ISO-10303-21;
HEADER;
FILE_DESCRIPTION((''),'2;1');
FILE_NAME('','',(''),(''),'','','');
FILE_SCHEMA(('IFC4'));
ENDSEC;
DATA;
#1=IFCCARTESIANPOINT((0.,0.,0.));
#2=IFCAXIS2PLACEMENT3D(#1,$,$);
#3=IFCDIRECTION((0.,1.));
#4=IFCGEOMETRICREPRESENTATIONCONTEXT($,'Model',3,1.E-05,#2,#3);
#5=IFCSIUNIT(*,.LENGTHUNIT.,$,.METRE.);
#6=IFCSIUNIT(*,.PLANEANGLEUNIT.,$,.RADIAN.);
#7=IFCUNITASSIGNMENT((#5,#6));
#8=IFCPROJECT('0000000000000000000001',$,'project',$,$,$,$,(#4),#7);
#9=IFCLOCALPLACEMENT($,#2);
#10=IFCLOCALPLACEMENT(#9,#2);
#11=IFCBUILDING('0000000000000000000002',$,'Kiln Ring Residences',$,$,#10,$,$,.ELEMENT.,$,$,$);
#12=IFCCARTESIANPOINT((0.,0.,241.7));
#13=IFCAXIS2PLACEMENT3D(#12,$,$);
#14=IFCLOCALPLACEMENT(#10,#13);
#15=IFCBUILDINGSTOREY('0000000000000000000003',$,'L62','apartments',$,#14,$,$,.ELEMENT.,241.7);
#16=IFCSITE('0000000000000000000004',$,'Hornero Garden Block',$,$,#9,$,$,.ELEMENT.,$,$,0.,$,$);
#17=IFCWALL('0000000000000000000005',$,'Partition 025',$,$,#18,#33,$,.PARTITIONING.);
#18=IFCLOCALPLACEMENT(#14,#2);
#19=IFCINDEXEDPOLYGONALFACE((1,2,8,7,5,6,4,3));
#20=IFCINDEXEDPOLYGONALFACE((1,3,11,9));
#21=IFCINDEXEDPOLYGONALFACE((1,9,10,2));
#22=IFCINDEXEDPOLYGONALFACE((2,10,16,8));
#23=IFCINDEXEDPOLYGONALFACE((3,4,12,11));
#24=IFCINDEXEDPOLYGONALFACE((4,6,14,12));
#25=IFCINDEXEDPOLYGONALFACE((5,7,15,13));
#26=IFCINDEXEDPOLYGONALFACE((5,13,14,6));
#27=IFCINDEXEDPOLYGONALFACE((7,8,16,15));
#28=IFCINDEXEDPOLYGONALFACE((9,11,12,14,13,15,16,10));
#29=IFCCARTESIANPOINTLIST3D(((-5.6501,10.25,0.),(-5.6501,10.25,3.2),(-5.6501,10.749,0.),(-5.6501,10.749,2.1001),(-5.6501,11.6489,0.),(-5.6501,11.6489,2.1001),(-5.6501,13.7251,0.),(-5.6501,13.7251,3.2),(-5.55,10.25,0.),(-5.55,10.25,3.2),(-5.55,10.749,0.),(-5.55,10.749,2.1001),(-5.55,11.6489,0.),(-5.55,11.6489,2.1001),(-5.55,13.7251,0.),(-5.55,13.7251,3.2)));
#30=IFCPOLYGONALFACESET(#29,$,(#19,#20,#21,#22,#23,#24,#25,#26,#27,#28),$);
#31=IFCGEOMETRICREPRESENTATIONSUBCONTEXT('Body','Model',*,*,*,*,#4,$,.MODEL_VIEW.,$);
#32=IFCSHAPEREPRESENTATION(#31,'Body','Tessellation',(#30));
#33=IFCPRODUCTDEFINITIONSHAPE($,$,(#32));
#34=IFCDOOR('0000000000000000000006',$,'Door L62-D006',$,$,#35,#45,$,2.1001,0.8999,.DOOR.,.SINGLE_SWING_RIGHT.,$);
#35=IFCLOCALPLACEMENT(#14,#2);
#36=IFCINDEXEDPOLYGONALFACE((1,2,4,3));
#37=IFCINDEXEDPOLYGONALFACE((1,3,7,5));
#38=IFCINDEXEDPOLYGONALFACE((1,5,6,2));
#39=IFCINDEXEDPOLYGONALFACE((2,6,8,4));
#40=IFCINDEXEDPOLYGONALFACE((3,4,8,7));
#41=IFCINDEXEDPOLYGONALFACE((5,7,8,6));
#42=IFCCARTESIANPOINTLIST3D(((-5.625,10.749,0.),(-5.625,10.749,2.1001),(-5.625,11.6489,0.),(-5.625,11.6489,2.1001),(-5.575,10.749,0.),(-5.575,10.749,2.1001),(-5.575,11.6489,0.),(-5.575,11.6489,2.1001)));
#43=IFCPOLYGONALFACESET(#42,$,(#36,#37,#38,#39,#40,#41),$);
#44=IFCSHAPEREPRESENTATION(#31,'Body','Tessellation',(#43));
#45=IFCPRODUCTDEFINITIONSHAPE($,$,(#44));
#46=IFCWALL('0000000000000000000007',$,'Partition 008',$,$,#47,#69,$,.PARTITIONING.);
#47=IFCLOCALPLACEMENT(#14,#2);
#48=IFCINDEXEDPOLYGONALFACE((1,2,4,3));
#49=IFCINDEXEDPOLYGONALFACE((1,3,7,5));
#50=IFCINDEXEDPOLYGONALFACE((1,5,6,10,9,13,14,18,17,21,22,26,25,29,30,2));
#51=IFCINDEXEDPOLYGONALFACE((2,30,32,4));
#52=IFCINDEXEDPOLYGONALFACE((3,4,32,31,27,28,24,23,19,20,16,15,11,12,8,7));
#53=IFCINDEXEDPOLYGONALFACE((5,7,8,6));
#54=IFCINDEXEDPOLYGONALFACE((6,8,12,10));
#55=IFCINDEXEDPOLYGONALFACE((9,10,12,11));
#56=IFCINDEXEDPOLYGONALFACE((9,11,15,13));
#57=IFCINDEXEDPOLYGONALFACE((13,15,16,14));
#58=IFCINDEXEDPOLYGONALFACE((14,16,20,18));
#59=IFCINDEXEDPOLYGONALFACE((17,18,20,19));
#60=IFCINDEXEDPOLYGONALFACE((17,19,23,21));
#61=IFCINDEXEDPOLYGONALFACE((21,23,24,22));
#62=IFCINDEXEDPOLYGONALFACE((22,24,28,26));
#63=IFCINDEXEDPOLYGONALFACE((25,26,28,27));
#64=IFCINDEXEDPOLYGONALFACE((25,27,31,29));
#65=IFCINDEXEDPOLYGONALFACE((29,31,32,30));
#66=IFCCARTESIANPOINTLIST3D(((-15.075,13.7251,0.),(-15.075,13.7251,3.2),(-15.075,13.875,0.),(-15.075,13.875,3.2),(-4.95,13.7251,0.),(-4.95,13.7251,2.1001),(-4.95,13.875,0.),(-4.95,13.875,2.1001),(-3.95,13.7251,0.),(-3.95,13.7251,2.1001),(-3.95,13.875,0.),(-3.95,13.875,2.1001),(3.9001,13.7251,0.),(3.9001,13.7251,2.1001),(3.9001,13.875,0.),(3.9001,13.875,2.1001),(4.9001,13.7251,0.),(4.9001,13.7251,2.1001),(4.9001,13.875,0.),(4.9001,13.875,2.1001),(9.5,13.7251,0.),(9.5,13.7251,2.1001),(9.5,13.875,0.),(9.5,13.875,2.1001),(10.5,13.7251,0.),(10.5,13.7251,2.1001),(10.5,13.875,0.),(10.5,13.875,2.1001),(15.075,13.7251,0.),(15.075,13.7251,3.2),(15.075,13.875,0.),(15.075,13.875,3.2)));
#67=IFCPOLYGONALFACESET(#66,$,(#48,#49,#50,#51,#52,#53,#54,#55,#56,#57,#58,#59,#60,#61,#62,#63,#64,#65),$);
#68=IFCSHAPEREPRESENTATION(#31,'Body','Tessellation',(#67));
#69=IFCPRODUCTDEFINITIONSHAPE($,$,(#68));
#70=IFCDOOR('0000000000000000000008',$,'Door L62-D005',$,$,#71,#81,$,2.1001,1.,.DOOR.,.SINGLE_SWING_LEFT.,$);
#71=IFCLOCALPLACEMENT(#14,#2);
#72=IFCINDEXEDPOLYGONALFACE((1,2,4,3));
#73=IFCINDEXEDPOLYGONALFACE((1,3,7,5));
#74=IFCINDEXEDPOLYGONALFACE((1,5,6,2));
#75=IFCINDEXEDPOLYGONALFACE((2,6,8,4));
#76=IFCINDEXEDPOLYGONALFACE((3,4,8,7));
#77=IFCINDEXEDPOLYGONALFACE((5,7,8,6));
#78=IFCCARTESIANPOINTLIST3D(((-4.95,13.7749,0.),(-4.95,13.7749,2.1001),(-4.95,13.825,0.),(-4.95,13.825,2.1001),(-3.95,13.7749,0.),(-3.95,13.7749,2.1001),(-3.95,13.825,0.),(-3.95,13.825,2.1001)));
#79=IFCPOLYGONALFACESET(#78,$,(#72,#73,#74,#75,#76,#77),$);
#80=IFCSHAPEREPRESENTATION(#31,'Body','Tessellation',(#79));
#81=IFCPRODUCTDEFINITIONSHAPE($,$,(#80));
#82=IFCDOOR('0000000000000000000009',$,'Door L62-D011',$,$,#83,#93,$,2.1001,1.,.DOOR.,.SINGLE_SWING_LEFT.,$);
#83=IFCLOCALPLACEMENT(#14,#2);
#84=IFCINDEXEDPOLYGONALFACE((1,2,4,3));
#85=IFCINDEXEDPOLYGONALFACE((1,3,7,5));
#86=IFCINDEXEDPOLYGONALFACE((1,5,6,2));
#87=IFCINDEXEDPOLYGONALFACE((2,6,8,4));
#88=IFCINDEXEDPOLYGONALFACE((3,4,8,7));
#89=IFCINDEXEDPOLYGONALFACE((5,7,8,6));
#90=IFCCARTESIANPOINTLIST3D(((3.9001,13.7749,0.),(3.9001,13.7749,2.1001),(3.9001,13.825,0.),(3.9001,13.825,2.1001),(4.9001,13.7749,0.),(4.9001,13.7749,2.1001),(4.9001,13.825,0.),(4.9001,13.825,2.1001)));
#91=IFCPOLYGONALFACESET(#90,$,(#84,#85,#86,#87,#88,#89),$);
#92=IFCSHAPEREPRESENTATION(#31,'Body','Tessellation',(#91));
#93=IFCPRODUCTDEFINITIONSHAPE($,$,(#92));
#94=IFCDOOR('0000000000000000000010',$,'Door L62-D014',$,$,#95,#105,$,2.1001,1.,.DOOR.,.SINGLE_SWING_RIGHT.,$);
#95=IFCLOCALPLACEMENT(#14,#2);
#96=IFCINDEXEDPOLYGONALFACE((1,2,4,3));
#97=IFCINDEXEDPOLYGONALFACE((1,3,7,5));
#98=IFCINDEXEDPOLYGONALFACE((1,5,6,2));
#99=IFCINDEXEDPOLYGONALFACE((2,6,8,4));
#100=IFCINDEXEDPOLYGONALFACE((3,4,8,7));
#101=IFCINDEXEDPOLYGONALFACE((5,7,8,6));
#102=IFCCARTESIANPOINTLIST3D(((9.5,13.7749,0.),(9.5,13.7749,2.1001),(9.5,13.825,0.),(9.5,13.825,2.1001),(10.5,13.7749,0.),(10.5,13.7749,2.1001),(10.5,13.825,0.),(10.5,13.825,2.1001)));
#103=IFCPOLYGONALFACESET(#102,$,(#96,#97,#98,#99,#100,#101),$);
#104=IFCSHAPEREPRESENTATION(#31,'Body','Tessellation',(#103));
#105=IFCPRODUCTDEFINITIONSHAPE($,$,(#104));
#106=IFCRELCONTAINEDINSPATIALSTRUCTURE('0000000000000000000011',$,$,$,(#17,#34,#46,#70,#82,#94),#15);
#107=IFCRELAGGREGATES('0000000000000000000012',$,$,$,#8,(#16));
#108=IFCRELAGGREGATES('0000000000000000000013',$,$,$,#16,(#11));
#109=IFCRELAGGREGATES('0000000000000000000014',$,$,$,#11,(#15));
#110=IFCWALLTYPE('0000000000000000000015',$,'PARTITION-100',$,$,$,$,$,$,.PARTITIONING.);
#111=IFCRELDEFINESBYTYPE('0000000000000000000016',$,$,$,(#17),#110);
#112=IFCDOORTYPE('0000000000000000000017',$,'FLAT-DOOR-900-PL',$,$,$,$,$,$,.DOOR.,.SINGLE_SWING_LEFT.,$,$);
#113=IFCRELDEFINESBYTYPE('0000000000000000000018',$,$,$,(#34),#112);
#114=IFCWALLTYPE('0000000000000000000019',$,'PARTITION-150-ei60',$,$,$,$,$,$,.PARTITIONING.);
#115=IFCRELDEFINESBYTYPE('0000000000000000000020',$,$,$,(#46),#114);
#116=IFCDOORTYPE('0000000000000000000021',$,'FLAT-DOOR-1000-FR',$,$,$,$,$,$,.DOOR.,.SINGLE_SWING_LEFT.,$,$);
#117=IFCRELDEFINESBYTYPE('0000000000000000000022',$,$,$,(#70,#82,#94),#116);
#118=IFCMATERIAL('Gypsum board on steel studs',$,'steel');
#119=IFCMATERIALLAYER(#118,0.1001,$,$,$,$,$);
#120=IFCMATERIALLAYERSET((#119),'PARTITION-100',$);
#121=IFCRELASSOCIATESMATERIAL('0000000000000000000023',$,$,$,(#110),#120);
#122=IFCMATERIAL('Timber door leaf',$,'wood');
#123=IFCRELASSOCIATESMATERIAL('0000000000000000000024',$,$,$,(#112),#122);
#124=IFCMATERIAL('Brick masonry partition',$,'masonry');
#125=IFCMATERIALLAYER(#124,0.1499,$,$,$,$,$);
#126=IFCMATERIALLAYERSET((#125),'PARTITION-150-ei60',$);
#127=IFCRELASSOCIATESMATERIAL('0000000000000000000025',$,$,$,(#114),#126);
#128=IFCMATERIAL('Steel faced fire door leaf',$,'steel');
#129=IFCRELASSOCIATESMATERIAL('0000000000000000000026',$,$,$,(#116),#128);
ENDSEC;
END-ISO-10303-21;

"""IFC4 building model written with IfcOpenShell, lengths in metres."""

from ifc_helpers import new_model, si_unit, direction, frame, frame_2d, origin, place, context, subcontext, project, spatial, rectangle, extrude, material, layer, layer_set, type_object, element, fill, save


model = new_model("IFC4")

# Units and contexts
model_context = context("Model", 3, precision=1e-05, world=origin(), true_north=direction((0.0, 1.0)))
body_context = subcontext(model_context, "Body", "Model", "MODEL_VIEW")
ifc_project = project(units=[si_unit("LENGTHUNIT", "METRE"), si_unit("PLANEANGLEUNIT", "RADIAN")], contexts=[model_context])

# Site, building, storey
site_placement = place(None, origin())
site = spatial("IfcSite", under=ifc_project, at=site_placement, Name="Hornero Garden Block", CompositionType="ELEMENT", RefElevation=0.0)
building_placement = place(site_placement, origin())
building = spatial("IfcBuilding", under=site, at=building_placement, Name="Kiln Ring Residences", CompositionType="ELEMENT")
storey_placement = place(building_placement, frame((0.0, 0.0, 241.7)))
storey = spatial("IfcBuildingStorey", under=building, at=storey_placement, Name="L62", Description="apartments", CompositionType="ELEMENT", Elevation=241.7)

# Shared definitions
ifc_material_1 = material(Name="Gypsum board on steel studs", Category="steel")
ifc_layer_1 = layer(ifc_material_1, 0.1001)
ifc_layer_set_1 = layer_set([ifc_layer_1], Name="PARTITION-100")
wall_type_1 = type_object("IfcWallType", Name="PARTITION-100", PredefinedType="PARTITIONING", material=ifc_layer_set_1)
ifc_material_2 = material(Name="Timber door leaf", Category="wood")
door_type_1 = type_object("IfcDoorType", Name="FLAT-DOOR-900-PL", OperationType="SINGLE_SWING_LEFT", PredefinedType="DOOR", material=ifc_material_2)

# Wall, opening, door
wall_1_placement = place(storey_placement, frame((-5.6001, 10.25, 0.0), z_axis=(0.0, 0.0, 1.0), x_axis=(0.0, 1.0, 0.0)))
wall_1 = element("IfcWall", 1, at=wall_1_placement, inside=storey, type_object=wall_type_1, Name="Partition 025", PredefinedType="PARTITIONING", context=body_context, shape_type="SweptSolid", body=[
    extrude(rectangle(XDim=3.4751, YDim=0.1001, at=frame_2d((1.7375, 0.0))), origin(), (0.0, 0.0, 1.0), 3.2),
])
opening_1_placement = place(wall_1_placement, frame((0.499, 0.0, 0.0)))
opening_1 = element("IfcOpeningElement", 2, at=opening_1_placement, cuts=wall_1, PredefinedType="OPENING", context=body_context, shape_type="SweptSolid", body=[
    extrude(rectangle(XDim=0.8999, YDim=2.1001, at=frame_2d((0.45, 1.05))), frame((0.0, 0.0601, 0.0), z_axis=(0.0, -1.0, 0.0), x_axis=(1.0, 0.0, 0.0)), (0.0, 0.0, 1.0), 0.1201),
])
door_1_placement = place(opening_1_placement, origin())
door_1 = element("IfcDoor", 3, at=door_1_placement, inside=storey, type_object=door_type_1, Name="Door L62-D006", OperationType="SINGLE_SWING_RIGHT", OverallHeight=2.1001, OverallWidth=0.8999, PredefinedType="DOOR", context=body_context, shape_type="SweptSolid", body=[
    extrude(rectangle(XDim=0.8999, YDim=2.1001, at=frame_2d((0.45, 1.05))), frame((0.0, 0.0249, 0.0), z_axis=(0.0, -1.0, 0.0), x_axis=(1.0, 0.0, 0.0)), (0.0, 0.0, 1.0), 0.05),
])
fill(opening_1, door_1)

# Wall, openings, doors
ifc_material_3 = material(Name="Brick masonry partition", Category="masonry")
ifc_layer_2 = layer(ifc_material_3, 0.1499)
ifc_layer_set_2 = layer_set([ifc_layer_2], Name="PARTITION-150-ei60")
wall_type_2 = type_object("IfcWallType", Name="PARTITION-150-ei60", PredefinedType="PARTITIONING", material=ifc_layer_set_2)
wall_2_placement = place(storey_placement, frame((-15.075, 13.8, 0.0), z_axis=(0.0, 0.0, 1.0), x_axis=(1.0, 0.0, 0.0)))
wall_2 = element("IfcWall", 4, at=wall_2_placement, inside=storey, type_object=wall_type_2, Name="Partition 008", PredefinedType="PARTITIONING", context=body_context, shape_type="SweptSolid", body=[
    extrude(rectangle(XDim=30.1499, YDim=0.1499, at=frame_2d((15.075, 0.0))), origin(), (0.0, 0.0, 1.0), 3.2),
])
opening_2_placement = place(wall_2_placement, frame((10.125, 0.0, 0.0)))
opening_2 = element("IfcOpeningElement", 5, at=opening_2_placement, cuts=wall_2, PredefinedType="OPENING", context=body_context, shape_type="SweptSolid", body=[
    extrude(rectangle(XDim=1.0, YDim=2.1001, at=frame_2d((0.5, 1.05))), frame((0.0, 0.085, 0.0), z_axis=(0.0, -1.0, 0.0), x_axis=(1.0, 0.0, 0.0)), (0.0, 0.0, 1.0), 0.1699),
])
opening_3_placement = place(wall_2_placement, frame((18.9751, 0.0, 0.0)))
opening_3 = element("IfcOpeningElement", 6, at=opening_3_placement, cuts=wall_2, PredefinedType="OPENING", context=body_context, shape_type="SweptSolid", body=[
    extrude(rectangle(XDim=1.0, YDim=2.1001, at=frame_2d((0.5, 1.05))), frame((0.0, 0.085, 0.0), z_axis=(0.0, -1.0, 0.0), x_axis=(1.0, 0.0, 0.0)), (0.0, 0.0, 1.0), 0.1699),
])
opening_4_placement = place(wall_2_placement, frame((24.575, 0.0, 0.0)))
opening_4 = element("IfcOpeningElement", 7, at=opening_4_placement, cuts=wall_2, PredefinedType="OPENING", context=body_context, shape_type="SweptSolid", body=[
    extrude(rectangle(XDim=1.0, YDim=2.1001, at=frame_2d((0.5, 1.05))), frame((0.0, 0.085, 0.0), z_axis=(0.0, -1.0, 0.0), x_axis=(1.0, 0.0, 0.0)), (0.0, 0.0, 1.0), 0.1699),
])
ifc_material_4 = material(Name="Steel faced fire door leaf", Category="steel")
door_type_2 = type_object("IfcDoorType", Name="FLAT-DOOR-1000-FR", OperationType="SINGLE_SWING_LEFT", PredefinedType="DOOR", material=ifc_material_4)
door_2_placement = place(opening_2_placement, origin())
door_2 = element("IfcDoor", 8, at=door_2_placement, inside=storey, type_object=door_type_2, Name="Door L62-D005", OperationType="SINGLE_SWING_LEFT", OverallHeight=2.1001, OverallWidth=1.0, PredefinedType="DOOR", context=body_context, shape_type="SweptSolid", body=[
    extrude(rectangle(XDim=1.0, YDim=2.1001, at=frame_2d((0.5, 1.05))), frame((0.0, 0.0249, 0.0), z_axis=(0.0, -1.0, 0.0), x_axis=(1.0, 0.0, 0.0)), (0.0, 0.0, 1.0), 0.05),
])
fill(opening_2, door_2)
door_3_placement = place(opening_3_placement, origin())
door_3 = element("IfcDoor", 9, at=door_3_placement, inside=storey, type_object=door_type_2, Name="Door L62-D011", OperationType="SINGLE_SWING_LEFT", OverallHeight=2.1001, OverallWidth=1.0, PredefinedType="DOOR", context=body_context, shape_type="SweptSolid", body=[
    extrude(rectangle(XDim=1.0, YDim=2.1001, at=frame_2d((0.5, 1.05))), frame((0.0, 0.0249, 0.0), z_axis=(0.0, -1.0, 0.0), x_axis=(1.0, 0.0, 0.0)), (0.0, 0.0, 1.0), 0.05),
])
fill(opening_3, door_3)
door_4_placement = place(opening_4_placement, origin())
door_4 = element("IfcDoor", 10, at=door_4_placement, inside=storey, type_object=door_type_2, Name="Door L62-D014", OperationType="SINGLE_SWING_RIGHT", OverallHeight=2.1001, OverallWidth=1.0, PredefinedType="DOOR", context=body_context, shape_type="SweptSolid", body=[
    extrude(rectangle(XDim=1.0, YDim=2.1001, at=frame_2d((0.5, 1.05))), frame((0.0, 0.0249, 0.0), z_axis=(0.0, -1.0, 0.0), x_axis=(1.0, 0.0, 0.0)), (0.0, 0.0, 1.0), 0.05),
])
fill(opening_4, door_4)

save(model, "model.ifc")
